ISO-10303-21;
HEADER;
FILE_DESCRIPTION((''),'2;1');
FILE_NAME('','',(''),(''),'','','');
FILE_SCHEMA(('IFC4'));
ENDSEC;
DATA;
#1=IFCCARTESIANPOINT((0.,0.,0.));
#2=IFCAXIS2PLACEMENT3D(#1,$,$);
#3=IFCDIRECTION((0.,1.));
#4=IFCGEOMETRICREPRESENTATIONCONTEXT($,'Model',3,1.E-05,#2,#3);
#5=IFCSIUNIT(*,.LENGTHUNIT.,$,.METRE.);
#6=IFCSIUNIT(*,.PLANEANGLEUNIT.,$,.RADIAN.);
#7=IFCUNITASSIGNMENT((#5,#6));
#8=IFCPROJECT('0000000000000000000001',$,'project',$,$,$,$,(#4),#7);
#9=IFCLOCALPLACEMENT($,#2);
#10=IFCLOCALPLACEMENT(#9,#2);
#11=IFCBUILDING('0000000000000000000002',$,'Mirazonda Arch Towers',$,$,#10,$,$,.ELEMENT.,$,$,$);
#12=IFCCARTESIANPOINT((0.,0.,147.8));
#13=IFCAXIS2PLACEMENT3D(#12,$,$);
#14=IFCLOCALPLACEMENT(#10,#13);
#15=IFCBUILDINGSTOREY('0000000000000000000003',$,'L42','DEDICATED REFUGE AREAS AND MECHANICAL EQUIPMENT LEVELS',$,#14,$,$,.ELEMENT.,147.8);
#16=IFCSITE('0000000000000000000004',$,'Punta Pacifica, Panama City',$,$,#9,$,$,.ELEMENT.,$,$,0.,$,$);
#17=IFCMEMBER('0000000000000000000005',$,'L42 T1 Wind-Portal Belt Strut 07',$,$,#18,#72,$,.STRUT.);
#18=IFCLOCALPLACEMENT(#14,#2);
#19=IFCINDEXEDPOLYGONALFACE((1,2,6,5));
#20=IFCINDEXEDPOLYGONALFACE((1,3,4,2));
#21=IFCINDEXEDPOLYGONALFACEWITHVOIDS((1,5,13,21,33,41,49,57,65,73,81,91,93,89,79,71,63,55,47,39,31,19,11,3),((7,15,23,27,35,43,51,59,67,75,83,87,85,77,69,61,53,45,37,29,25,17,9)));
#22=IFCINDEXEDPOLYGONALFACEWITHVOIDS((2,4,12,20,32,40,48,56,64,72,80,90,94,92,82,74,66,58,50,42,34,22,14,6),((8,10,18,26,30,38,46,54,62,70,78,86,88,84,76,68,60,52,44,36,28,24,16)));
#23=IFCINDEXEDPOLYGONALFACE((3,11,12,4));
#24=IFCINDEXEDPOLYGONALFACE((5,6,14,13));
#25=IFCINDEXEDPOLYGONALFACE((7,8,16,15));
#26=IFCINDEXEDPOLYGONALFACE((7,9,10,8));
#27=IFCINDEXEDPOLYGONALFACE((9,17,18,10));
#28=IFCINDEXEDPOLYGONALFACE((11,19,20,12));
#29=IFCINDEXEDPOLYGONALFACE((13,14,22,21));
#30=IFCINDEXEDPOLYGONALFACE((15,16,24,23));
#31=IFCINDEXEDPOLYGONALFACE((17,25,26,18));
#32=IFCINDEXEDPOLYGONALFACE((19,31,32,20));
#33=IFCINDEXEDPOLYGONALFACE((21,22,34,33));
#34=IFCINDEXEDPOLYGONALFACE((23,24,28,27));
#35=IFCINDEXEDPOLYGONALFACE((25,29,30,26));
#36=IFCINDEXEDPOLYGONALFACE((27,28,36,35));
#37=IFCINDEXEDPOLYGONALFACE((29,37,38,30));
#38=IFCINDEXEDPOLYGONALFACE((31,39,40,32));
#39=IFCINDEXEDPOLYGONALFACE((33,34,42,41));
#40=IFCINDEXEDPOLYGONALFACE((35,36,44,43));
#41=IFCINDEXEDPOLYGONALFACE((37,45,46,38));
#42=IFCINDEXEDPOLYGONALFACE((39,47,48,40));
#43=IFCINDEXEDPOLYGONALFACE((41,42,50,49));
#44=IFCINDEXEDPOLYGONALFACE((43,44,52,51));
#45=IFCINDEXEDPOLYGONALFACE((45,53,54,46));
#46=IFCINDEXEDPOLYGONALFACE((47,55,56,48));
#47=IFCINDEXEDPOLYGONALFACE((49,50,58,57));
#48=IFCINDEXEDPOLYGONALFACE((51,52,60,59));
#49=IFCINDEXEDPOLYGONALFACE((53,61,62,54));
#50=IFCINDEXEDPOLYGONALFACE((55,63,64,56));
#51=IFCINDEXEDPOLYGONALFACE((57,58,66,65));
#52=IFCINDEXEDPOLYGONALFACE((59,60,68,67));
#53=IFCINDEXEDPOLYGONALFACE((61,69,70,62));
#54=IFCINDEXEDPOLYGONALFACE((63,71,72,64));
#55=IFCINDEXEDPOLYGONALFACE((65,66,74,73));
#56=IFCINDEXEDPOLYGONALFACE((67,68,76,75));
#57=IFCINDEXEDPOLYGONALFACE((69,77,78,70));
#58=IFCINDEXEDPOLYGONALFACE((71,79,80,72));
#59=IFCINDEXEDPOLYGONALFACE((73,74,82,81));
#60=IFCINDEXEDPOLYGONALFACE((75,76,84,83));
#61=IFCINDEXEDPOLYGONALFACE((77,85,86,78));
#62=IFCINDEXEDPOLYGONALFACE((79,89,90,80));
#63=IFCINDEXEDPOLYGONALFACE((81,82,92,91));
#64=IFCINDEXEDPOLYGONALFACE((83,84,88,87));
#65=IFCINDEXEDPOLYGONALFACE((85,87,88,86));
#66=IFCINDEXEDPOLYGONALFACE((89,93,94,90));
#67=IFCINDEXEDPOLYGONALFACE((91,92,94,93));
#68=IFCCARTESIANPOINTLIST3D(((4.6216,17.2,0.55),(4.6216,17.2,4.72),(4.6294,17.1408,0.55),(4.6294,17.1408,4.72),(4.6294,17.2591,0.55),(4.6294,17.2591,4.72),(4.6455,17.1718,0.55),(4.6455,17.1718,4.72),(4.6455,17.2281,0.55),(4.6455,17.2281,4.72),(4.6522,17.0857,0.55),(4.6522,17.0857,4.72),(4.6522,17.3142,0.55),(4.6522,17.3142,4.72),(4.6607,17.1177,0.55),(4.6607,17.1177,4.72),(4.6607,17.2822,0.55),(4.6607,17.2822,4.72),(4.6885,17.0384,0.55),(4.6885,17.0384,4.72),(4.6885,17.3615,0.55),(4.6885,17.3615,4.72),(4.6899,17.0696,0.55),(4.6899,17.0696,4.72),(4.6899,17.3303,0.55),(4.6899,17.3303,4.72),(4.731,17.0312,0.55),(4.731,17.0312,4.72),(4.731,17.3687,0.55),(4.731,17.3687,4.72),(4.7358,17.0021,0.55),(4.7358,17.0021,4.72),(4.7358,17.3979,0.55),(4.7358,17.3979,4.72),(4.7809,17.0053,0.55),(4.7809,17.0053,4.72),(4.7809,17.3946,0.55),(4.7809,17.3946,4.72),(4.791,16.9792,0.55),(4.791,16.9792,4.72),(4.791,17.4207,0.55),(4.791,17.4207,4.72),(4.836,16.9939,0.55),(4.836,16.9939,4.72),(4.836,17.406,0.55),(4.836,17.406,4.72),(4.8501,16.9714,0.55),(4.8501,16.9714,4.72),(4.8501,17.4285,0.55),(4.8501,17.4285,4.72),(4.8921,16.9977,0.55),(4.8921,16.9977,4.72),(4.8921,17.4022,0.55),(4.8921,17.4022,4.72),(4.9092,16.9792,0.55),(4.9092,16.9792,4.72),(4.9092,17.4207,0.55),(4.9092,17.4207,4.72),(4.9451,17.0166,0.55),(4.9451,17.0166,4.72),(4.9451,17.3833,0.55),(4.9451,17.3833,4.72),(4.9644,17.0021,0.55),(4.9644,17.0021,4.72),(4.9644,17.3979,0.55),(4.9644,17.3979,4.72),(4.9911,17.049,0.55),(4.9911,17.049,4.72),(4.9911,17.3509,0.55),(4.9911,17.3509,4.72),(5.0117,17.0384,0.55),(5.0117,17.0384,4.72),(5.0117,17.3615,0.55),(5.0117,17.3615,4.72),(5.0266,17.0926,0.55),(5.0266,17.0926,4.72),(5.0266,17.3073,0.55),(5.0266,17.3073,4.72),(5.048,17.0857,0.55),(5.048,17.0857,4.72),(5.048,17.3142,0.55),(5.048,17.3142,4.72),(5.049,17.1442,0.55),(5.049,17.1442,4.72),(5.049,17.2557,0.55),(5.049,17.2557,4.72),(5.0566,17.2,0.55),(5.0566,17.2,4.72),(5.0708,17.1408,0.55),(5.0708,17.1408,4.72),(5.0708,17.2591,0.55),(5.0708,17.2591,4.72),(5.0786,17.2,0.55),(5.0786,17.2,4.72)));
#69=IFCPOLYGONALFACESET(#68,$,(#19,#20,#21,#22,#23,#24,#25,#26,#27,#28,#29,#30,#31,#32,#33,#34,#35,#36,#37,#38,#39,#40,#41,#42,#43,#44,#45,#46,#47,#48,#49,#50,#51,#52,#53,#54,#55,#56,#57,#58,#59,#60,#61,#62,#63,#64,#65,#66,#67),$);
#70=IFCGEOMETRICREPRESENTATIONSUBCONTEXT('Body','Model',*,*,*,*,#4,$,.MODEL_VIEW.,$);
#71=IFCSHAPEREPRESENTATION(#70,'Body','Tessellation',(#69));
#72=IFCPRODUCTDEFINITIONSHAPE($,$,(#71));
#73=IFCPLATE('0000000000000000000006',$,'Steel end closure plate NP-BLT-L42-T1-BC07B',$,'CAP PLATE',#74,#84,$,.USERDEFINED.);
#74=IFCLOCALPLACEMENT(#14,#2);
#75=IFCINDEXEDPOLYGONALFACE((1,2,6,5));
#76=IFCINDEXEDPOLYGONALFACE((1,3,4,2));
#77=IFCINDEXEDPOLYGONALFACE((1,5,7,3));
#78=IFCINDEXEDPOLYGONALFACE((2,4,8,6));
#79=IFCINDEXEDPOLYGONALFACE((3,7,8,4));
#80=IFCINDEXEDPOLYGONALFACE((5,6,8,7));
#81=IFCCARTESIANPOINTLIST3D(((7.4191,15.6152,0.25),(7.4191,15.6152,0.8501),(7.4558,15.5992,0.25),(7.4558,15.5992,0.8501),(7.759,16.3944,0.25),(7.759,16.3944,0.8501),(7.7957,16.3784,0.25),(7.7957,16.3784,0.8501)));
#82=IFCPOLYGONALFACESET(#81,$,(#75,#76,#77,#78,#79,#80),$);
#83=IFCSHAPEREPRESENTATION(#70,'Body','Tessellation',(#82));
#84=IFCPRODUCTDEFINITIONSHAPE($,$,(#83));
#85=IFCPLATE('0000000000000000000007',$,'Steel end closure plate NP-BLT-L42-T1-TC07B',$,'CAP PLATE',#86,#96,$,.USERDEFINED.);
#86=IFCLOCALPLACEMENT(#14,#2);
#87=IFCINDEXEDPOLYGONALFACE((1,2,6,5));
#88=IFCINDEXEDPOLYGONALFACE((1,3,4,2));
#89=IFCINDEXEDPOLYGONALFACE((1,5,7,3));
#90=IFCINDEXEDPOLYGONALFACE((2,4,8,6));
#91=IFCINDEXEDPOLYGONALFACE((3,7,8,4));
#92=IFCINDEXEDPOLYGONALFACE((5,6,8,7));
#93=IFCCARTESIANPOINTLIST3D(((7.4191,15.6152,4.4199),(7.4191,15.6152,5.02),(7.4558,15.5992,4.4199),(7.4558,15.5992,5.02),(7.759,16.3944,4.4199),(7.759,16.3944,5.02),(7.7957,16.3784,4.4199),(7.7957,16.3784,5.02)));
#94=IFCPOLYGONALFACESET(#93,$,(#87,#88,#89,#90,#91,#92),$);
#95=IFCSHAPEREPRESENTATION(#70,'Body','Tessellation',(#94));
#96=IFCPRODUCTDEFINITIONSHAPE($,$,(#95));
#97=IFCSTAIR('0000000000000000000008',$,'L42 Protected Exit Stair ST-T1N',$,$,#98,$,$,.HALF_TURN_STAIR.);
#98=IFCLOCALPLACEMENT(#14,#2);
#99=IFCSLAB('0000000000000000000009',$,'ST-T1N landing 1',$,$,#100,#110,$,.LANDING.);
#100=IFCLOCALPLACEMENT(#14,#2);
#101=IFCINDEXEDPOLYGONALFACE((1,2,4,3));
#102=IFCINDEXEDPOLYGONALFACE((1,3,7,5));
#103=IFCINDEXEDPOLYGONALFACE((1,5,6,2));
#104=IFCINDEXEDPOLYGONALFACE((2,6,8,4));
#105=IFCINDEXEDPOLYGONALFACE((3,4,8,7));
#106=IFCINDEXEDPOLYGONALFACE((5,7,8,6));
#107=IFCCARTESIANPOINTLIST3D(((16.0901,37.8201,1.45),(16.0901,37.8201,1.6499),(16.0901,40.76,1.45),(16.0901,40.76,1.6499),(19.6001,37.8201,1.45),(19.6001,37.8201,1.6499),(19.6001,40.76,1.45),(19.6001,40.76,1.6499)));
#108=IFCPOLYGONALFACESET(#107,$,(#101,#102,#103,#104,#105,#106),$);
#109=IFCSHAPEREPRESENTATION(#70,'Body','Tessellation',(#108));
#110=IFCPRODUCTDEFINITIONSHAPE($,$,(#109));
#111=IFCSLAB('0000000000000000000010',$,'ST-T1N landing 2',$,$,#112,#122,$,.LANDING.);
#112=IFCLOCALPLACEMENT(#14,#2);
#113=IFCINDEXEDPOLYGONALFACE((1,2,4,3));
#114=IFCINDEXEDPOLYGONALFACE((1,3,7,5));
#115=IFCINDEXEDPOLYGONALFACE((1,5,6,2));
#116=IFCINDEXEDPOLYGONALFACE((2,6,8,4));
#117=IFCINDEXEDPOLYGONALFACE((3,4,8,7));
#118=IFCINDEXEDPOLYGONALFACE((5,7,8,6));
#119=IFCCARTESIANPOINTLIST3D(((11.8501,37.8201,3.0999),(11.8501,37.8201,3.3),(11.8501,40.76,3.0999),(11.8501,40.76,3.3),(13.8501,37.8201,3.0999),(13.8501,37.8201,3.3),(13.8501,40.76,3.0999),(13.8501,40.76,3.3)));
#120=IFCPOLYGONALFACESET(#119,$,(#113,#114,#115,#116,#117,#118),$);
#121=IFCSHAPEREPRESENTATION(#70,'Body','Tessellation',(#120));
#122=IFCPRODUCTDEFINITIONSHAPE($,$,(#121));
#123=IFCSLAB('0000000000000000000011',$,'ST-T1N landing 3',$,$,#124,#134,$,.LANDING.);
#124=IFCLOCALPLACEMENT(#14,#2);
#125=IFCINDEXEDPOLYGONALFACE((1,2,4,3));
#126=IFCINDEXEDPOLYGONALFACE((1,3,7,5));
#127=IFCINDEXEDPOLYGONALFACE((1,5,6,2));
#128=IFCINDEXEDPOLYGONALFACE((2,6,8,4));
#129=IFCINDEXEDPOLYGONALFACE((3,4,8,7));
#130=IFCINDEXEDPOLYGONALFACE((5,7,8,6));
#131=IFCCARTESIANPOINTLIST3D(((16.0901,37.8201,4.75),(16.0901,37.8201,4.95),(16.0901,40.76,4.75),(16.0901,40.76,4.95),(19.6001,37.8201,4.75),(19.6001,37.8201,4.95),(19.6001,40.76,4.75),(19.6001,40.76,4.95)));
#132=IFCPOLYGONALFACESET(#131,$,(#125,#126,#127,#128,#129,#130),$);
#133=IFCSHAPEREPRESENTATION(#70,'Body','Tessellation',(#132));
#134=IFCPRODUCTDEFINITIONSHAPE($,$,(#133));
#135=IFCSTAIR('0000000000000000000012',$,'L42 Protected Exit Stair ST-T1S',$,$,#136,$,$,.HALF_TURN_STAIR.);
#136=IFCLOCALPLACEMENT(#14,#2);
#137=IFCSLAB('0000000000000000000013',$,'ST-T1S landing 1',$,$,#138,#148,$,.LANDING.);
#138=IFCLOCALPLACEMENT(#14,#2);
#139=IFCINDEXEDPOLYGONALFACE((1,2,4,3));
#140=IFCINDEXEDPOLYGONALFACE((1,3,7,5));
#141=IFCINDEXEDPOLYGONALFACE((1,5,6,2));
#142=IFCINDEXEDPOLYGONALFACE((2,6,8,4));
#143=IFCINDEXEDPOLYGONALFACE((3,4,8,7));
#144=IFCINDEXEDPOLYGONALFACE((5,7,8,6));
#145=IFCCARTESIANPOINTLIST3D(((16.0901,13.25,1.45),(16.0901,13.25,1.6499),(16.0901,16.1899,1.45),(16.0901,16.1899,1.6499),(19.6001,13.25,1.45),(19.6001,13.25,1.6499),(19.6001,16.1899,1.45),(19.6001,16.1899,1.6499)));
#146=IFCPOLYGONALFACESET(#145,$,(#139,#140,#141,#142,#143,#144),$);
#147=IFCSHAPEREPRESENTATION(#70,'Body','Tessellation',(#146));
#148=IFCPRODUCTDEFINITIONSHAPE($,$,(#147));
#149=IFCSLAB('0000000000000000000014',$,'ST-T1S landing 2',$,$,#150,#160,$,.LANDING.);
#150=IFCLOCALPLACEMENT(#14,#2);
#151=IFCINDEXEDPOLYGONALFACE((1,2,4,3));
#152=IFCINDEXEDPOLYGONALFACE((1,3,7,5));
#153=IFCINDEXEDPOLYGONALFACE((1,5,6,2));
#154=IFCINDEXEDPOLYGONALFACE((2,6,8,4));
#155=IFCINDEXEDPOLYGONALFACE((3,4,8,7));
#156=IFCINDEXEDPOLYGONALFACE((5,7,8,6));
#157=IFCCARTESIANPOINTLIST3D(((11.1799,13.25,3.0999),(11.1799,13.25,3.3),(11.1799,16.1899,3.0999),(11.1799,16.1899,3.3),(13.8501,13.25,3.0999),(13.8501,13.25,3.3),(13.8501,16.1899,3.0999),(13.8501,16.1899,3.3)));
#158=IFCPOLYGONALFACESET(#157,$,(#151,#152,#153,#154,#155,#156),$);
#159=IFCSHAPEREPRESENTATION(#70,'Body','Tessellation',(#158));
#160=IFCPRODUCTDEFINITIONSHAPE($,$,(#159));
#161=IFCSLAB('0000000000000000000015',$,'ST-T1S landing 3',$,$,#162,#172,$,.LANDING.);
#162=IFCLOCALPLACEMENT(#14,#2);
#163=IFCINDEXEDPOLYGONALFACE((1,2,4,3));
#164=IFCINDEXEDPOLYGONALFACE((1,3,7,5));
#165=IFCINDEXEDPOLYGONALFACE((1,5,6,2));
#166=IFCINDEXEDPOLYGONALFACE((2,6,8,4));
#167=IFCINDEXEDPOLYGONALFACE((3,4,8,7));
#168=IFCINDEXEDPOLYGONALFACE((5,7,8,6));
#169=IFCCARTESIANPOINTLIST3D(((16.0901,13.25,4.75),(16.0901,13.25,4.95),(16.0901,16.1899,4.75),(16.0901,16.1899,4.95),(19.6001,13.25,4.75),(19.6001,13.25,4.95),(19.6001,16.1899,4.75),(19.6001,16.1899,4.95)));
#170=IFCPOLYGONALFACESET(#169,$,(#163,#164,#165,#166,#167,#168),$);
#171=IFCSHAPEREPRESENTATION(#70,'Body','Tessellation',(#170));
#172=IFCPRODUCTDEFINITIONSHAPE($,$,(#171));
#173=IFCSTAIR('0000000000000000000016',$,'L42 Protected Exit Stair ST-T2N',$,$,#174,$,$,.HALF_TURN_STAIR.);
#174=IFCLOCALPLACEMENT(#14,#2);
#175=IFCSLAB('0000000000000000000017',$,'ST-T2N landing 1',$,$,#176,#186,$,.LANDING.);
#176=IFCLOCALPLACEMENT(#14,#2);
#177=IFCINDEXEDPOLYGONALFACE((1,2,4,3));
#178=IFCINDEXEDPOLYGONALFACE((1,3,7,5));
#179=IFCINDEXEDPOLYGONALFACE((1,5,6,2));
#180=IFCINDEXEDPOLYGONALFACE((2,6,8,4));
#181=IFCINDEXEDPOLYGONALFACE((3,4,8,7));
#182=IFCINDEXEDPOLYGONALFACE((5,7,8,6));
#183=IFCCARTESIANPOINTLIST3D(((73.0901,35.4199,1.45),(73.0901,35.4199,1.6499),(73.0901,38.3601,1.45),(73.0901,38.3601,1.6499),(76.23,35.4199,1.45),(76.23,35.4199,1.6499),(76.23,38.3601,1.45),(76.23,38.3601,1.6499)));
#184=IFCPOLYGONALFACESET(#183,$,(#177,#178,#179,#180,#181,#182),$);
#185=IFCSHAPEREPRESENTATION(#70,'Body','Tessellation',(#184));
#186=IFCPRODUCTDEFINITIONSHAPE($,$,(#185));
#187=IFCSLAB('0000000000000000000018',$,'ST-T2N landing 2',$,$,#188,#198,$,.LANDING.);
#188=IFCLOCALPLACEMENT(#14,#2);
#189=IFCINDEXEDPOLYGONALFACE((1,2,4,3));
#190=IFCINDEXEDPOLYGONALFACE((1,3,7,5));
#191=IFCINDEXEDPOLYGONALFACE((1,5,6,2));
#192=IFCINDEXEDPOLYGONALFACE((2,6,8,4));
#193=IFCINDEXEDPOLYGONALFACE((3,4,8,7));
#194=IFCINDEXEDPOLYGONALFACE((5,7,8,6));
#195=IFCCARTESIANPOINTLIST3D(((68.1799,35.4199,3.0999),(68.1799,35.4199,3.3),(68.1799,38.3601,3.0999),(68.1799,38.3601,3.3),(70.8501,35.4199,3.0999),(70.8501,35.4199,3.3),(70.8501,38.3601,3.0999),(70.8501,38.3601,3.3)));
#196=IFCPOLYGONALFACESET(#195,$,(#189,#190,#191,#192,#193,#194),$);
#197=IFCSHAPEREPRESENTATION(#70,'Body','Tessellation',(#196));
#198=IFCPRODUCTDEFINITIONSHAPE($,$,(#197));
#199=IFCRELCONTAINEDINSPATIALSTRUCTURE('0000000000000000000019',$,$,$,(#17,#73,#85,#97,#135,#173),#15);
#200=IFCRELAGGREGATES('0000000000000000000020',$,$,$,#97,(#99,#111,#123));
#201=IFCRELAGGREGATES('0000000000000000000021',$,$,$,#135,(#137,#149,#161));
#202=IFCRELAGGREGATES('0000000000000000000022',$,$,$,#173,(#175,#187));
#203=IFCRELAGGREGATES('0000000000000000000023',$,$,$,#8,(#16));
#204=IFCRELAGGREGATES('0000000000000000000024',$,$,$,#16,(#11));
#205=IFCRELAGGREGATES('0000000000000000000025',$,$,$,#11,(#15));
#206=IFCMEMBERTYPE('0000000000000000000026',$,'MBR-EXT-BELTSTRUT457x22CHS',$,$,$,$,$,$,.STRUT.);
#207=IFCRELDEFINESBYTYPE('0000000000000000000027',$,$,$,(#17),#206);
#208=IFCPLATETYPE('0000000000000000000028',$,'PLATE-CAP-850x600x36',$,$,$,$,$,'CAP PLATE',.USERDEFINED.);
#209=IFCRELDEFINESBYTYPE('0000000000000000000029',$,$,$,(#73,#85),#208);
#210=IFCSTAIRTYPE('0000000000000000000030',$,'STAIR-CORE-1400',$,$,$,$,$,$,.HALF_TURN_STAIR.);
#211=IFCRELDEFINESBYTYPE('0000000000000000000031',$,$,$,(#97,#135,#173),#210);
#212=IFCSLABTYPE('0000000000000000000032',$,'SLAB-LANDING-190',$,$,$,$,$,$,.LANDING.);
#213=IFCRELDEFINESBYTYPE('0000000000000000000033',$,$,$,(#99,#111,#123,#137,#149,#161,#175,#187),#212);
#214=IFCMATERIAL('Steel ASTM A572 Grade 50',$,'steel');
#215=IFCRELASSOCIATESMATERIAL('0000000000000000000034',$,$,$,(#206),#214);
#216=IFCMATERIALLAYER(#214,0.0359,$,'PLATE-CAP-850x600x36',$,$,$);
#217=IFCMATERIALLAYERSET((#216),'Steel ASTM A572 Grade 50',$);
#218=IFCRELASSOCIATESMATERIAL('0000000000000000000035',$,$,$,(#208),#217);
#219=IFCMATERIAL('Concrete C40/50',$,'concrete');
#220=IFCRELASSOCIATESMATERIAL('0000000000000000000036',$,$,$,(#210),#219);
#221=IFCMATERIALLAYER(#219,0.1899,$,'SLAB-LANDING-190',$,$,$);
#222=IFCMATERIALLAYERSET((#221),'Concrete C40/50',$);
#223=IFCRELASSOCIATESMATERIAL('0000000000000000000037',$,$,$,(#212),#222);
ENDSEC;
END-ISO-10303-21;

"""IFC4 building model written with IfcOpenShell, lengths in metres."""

from ifc_helpers import new_model, si_unit, direction, frame, origin, origin_2d, place, context, subcontext, project, spatial, polyline, rectangle, hollow_circle, outline, extrude, material, layer, layer_set, material_profile, profile_set, type_object, element, aggregate, save


model = new_model("IFC4")

# Units and contexts
model_context = context("Model", 3, precision=1e-05, world=origin(), true_north=direction((0.0, 1.0)))
body_context = subcontext(model_context, "Body", "Model", "MODEL_VIEW")
ifc_project = project(units=[si_unit("LENGTHUNIT", "METRE"), si_unit("PLANEANGLEUNIT", "RADIAN")], contexts=[model_context])

# Site, building, storey
site_placement = place(None, origin())
site = spatial("IfcSite", under=ifc_project, at=site_placement, Name="Punta Pacifica, Panama City", CompositionType="ELEMENT", RefElevation=0.0)
building_placement = place(site_placement, origin())
building = spatial("IfcBuilding", under=site, at=building_placement, Name="Mirazonda Arch Towers", CompositionType="ELEMENT")
storey_placement = place(building_placement, frame((0.0, 0.0, 147.8)))
storey = spatial("IfcBuildingStorey", under=building, at=storey_placement, Name="L42", Description="DEDICATED REFUGE AREAS AND MECHANICAL EQUIPMENT LEVELS", CompositionType="ELEMENT", Elevation=147.8)

# Member
ifc_material_1 = material(Name="Steel ASTM A572 Grade 50", Category="steel")
ifc_material_profile_1 = material_profile(ifc_material_1, hollow_circle(Radius=0.2285, WallThickness=0.022, at=origin_2d()), Name="BELTSTRUT457x22CHS")
ifc_profile_set_1 = profile_set([ifc_material_profile_1], Name="Steel ASTM A572 Grade 50")
member_type_1 = type_object("IfcMemberType", Name="MBR-EXT-BELTSTRUT457x22CHS", PredefinedType="STRUT", material=ifc_profile_set_1)
member_1_placement = place(storey_placement, frame((4.8501, 17.2, 0.55), z_axis=(0.0, 0.0, 1.0), x_axis=(1.0, 0.0, 0.0)))
element("IfcMember", 1, at=member_1_placement, inside=storey, type_object=member_type_1, Name="L42 T1 Wind-Portal Belt Strut 07", PredefinedType="STRUT", context=body_context, shape_type="SweptSolid", body=[
    extrude(hollow_circle(Radius=0.2285, WallThickness=0.022, at=origin_2d()), origin(), (0.0, 0.0, 1.0), 4.1699),
])

# Plates
ifc_layer_1 = layer(ifc_material_1, 0.0359, Name="PLATE-CAP-850x600x36")
ifc_layer_set_1 = layer_set([ifc_layer_1], Name="Steel ASTM A572 Grade 50")
plate_type = type_object("IfcPlateType", Name="PLATE-CAP-850x600x36", ElementType="CAP PLATE", PredefinedType="USERDEFINED", material=ifc_layer_set_1)
for number, where, z_axis, x_axis, name in (
    (2, (7.6074, 15.9968, 0.25), (0.0, 0.0, 1.0), (0.916572, -0.399869, 0.0), "Steel end closure plate NP-BLT-L42-T1-BC07B"),
    (3, (7.6074, 15.9968, 4.4199), (0.0, 0.0, 1.0), (0.916572, -0.399869, 0.0), "Steel end closure plate NP-BLT-L42-T1-TC07B"),
):
    element("IfcPlate", number, at=place(storey_placement, frame(where, z_axis=z_axis, x_axis=x_axis)), inside=storey, type_object=plate_type, Name=name, ObjectType="CAP PLATE", PredefinedType="USERDEFINED", context=body_context, shape_type="SweptSolid", body=[
        extrude(rectangle(XDim=0.04, YDim=0.8501, at=origin_2d()), origin(), (0.0, 0.0, 1.0), 0.6001),
    ])

# Stairs, slabs
ifc_material_2 = material(Name="Concrete C40/50", Category="concrete")
stair_type = type_object("IfcStairType", Name="STAIR-CORE-1400", PredefinedType="HALF_TURN_STAIR", material=ifc_material_2)
stair_1_placement = place(storey_placement, origin())
stair_1 = element("IfcStair", 4, at=stair_1_placement, inside=storey, type_object=stair_type, Name="L42 Protected Exit Stair ST-T1N", PredefinedType="HALF_TURN_STAIR")
ifc_layer_2 = layer(ifc_material_2, 0.1899, Name="SLAB-LANDING-190")
ifc_layer_set_2 = layer_set([ifc_layer_2], Name="Concrete C40/50")
slab_type_1 = type_object("IfcSlabType", Name="SLAB-LANDING-190", PredefinedType="LANDING", material=ifc_layer_set_2)
slab_1_placement = place(storey_placement, frame((0.0, 0.0, 1.45)))
slab_1 = element("IfcSlab", 5, at=slab_1_placement, type_object=slab_type_1, Name="ST-T1N landing 1", PredefinedType="LANDING", context=body_context, shape_type="SweptSolid", body=[
    extrude(outline(polyline([(16.0901, 37.8201), (19.6001, 37.8201), (19.6001, 40.76), (16.0901, 40.76), (16.0901, 37.8201)])), origin(), (0.0, 0.0, 1.0), 0.2),
])
slab_2_placement = place(storey_placement, frame((0.0, 0.0, 3.0999)))
slab_2 = element("IfcSlab", 6, at=slab_2_placement, type_object=slab_type_1, Name="ST-T1N landing 2", PredefinedType="LANDING", context=body_context, shape_type="SweptSolid", body=[
    extrude(outline(polyline([(11.8501, 37.8201), (13.8501, 37.8201), (13.8501, 40.76), (11.8501, 40.76), (11.8501, 37.8201)])), origin(), (0.0, 0.0, 1.0), 0.2002),
])
slab_3_placement = place(storey_placement, frame((0.0, 0.0, 4.75)))
slab_3 = element("IfcSlab", 7, at=slab_3_placement, type_object=slab_type_1, Name="ST-T1N landing 3", PredefinedType="LANDING", context=body_context, shape_type="SweptSolid", body=[
    extrude(outline(polyline([(16.0901, 37.8201), (19.6001, 37.8201), (19.6001, 40.76), (16.0901, 40.76), (16.0901, 37.8201)])), origin(), (0.0, 0.0, 1.0), 0.2),
])
aggregate(stair_1, [slab_1, slab_2, slab_3])
stair_2_placement = place(storey_placement, origin())
stair_2 = element("IfcStair", 8, at=stair_2_placement, inside=storey, type_object=stair_type, Name="L42 Protected Exit Stair ST-T1S", PredefinedType="HALF_TURN_STAIR")
slab_4_placement = place(storey_placement, frame((0.0, 0.0, 1.45)))
slab_4 = element("IfcSlab", 9, at=slab_4_placement, type_object=slab_type_1, Name="ST-T1S landing 1", PredefinedType="LANDING", context=body_context, shape_type="SweptSolid", body=[
    extrude(outline(polyline([(16.0901, 13.25), (19.6001, 13.25), (19.6001, 16.1899), (16.0901, 16.1899), (16.0901, 13.25)])), origin(), (0.0, 0.0, 1.0), 0.2),
])
slab_5_placement = place(storey_placement, frame((0.0, 0.0, 3.0999)))
slab_5 = element("IfcSlab", 10, at=slab_5_placement, type_object=slab_type_1, Name="ST-T1S landing 2", PredefinedType="LANDING", context=body_context, shape_type="SweptSolid", body=[
    extrude(outline(polyline([(11.1799, 13.25), (13.8501, 13.25), (13.8501, 16.1899), (11.1799, 16.1899), (11.1799, 13.25)])), origin(), (0.0, 0.0, 1.0), 0.2002),
])
slab_6_placement = place(storey_placement, frame((0.0, 0.0, 4.75)))
slab_6 = element("IfcSlab", 11, at=slab_6_placement, type_object=slab_type_1, Name="ST-T1S landing 3", PredefinedType="LANDING", context=body_context, shape_type="SweptSolid", body=[
    extrude(outline(polyline([(16.0901, 13.25), (19.6001, 13.25), (19.6001, 16.1899), (16.0901, 16.1899), (16.0901, 13.25)])), origin(), (0.0, 0.0, 1.0), 0.2),
])
aggregate(stair_2, [slab_4, slab_5, slab_6])
stair_3_placement = place(storey_placement, origin())
stair_3 = element("IfcStair", 12, at=stair_3_placement, inside=storey, type_object=stair_type, Name="L42 Protected Exit Stair ST-T2N", PredefinedType="HALF_TURN_STAIR")
slab_7_placement = place(storey_placement, frame((0.0, 0.0, 1.45)))
slab_7 = element("IfcSlab", 13, at=slab_7_placement, type_object=slab_type_1, Name="ST-T2N landing 1", PredefinedType="LANDING", context=body_context, shape_type="SweptSolid", body=[
    extrude(outline(polyline([(73.0901, 35.4199), (76.23, 35.4199), (76.23, 38.3601), (73.0901, 38.3601), (73.0901, 35.4199)])), origin(), (0.0, 0.0, 1.0), 0.2),
])
slab_8_placement = place(storey_placement, frame((0.0, 0.0, 3.0999)))
slab_8 = element("IfcSlab", 14, at=slab_8_placement, type_object=slab_type_1, Name="ST-T2N landing 2", PredefinedType="LANDING", context=body_context, shape_type="SweptSolid", body=[
    extrude(outline(polyline([(68.1799, 35.4199), (70.8501, 35.4199), (70.8501, 38.3601), (68.1799, 38.3601), (68.1799, 35.4199)])), origin(), (0.0, 0.0, 1.0), 0.2002),
])
aggregate(stair_3, [slab_7, slab_8])

save(model, "model.ifc")
